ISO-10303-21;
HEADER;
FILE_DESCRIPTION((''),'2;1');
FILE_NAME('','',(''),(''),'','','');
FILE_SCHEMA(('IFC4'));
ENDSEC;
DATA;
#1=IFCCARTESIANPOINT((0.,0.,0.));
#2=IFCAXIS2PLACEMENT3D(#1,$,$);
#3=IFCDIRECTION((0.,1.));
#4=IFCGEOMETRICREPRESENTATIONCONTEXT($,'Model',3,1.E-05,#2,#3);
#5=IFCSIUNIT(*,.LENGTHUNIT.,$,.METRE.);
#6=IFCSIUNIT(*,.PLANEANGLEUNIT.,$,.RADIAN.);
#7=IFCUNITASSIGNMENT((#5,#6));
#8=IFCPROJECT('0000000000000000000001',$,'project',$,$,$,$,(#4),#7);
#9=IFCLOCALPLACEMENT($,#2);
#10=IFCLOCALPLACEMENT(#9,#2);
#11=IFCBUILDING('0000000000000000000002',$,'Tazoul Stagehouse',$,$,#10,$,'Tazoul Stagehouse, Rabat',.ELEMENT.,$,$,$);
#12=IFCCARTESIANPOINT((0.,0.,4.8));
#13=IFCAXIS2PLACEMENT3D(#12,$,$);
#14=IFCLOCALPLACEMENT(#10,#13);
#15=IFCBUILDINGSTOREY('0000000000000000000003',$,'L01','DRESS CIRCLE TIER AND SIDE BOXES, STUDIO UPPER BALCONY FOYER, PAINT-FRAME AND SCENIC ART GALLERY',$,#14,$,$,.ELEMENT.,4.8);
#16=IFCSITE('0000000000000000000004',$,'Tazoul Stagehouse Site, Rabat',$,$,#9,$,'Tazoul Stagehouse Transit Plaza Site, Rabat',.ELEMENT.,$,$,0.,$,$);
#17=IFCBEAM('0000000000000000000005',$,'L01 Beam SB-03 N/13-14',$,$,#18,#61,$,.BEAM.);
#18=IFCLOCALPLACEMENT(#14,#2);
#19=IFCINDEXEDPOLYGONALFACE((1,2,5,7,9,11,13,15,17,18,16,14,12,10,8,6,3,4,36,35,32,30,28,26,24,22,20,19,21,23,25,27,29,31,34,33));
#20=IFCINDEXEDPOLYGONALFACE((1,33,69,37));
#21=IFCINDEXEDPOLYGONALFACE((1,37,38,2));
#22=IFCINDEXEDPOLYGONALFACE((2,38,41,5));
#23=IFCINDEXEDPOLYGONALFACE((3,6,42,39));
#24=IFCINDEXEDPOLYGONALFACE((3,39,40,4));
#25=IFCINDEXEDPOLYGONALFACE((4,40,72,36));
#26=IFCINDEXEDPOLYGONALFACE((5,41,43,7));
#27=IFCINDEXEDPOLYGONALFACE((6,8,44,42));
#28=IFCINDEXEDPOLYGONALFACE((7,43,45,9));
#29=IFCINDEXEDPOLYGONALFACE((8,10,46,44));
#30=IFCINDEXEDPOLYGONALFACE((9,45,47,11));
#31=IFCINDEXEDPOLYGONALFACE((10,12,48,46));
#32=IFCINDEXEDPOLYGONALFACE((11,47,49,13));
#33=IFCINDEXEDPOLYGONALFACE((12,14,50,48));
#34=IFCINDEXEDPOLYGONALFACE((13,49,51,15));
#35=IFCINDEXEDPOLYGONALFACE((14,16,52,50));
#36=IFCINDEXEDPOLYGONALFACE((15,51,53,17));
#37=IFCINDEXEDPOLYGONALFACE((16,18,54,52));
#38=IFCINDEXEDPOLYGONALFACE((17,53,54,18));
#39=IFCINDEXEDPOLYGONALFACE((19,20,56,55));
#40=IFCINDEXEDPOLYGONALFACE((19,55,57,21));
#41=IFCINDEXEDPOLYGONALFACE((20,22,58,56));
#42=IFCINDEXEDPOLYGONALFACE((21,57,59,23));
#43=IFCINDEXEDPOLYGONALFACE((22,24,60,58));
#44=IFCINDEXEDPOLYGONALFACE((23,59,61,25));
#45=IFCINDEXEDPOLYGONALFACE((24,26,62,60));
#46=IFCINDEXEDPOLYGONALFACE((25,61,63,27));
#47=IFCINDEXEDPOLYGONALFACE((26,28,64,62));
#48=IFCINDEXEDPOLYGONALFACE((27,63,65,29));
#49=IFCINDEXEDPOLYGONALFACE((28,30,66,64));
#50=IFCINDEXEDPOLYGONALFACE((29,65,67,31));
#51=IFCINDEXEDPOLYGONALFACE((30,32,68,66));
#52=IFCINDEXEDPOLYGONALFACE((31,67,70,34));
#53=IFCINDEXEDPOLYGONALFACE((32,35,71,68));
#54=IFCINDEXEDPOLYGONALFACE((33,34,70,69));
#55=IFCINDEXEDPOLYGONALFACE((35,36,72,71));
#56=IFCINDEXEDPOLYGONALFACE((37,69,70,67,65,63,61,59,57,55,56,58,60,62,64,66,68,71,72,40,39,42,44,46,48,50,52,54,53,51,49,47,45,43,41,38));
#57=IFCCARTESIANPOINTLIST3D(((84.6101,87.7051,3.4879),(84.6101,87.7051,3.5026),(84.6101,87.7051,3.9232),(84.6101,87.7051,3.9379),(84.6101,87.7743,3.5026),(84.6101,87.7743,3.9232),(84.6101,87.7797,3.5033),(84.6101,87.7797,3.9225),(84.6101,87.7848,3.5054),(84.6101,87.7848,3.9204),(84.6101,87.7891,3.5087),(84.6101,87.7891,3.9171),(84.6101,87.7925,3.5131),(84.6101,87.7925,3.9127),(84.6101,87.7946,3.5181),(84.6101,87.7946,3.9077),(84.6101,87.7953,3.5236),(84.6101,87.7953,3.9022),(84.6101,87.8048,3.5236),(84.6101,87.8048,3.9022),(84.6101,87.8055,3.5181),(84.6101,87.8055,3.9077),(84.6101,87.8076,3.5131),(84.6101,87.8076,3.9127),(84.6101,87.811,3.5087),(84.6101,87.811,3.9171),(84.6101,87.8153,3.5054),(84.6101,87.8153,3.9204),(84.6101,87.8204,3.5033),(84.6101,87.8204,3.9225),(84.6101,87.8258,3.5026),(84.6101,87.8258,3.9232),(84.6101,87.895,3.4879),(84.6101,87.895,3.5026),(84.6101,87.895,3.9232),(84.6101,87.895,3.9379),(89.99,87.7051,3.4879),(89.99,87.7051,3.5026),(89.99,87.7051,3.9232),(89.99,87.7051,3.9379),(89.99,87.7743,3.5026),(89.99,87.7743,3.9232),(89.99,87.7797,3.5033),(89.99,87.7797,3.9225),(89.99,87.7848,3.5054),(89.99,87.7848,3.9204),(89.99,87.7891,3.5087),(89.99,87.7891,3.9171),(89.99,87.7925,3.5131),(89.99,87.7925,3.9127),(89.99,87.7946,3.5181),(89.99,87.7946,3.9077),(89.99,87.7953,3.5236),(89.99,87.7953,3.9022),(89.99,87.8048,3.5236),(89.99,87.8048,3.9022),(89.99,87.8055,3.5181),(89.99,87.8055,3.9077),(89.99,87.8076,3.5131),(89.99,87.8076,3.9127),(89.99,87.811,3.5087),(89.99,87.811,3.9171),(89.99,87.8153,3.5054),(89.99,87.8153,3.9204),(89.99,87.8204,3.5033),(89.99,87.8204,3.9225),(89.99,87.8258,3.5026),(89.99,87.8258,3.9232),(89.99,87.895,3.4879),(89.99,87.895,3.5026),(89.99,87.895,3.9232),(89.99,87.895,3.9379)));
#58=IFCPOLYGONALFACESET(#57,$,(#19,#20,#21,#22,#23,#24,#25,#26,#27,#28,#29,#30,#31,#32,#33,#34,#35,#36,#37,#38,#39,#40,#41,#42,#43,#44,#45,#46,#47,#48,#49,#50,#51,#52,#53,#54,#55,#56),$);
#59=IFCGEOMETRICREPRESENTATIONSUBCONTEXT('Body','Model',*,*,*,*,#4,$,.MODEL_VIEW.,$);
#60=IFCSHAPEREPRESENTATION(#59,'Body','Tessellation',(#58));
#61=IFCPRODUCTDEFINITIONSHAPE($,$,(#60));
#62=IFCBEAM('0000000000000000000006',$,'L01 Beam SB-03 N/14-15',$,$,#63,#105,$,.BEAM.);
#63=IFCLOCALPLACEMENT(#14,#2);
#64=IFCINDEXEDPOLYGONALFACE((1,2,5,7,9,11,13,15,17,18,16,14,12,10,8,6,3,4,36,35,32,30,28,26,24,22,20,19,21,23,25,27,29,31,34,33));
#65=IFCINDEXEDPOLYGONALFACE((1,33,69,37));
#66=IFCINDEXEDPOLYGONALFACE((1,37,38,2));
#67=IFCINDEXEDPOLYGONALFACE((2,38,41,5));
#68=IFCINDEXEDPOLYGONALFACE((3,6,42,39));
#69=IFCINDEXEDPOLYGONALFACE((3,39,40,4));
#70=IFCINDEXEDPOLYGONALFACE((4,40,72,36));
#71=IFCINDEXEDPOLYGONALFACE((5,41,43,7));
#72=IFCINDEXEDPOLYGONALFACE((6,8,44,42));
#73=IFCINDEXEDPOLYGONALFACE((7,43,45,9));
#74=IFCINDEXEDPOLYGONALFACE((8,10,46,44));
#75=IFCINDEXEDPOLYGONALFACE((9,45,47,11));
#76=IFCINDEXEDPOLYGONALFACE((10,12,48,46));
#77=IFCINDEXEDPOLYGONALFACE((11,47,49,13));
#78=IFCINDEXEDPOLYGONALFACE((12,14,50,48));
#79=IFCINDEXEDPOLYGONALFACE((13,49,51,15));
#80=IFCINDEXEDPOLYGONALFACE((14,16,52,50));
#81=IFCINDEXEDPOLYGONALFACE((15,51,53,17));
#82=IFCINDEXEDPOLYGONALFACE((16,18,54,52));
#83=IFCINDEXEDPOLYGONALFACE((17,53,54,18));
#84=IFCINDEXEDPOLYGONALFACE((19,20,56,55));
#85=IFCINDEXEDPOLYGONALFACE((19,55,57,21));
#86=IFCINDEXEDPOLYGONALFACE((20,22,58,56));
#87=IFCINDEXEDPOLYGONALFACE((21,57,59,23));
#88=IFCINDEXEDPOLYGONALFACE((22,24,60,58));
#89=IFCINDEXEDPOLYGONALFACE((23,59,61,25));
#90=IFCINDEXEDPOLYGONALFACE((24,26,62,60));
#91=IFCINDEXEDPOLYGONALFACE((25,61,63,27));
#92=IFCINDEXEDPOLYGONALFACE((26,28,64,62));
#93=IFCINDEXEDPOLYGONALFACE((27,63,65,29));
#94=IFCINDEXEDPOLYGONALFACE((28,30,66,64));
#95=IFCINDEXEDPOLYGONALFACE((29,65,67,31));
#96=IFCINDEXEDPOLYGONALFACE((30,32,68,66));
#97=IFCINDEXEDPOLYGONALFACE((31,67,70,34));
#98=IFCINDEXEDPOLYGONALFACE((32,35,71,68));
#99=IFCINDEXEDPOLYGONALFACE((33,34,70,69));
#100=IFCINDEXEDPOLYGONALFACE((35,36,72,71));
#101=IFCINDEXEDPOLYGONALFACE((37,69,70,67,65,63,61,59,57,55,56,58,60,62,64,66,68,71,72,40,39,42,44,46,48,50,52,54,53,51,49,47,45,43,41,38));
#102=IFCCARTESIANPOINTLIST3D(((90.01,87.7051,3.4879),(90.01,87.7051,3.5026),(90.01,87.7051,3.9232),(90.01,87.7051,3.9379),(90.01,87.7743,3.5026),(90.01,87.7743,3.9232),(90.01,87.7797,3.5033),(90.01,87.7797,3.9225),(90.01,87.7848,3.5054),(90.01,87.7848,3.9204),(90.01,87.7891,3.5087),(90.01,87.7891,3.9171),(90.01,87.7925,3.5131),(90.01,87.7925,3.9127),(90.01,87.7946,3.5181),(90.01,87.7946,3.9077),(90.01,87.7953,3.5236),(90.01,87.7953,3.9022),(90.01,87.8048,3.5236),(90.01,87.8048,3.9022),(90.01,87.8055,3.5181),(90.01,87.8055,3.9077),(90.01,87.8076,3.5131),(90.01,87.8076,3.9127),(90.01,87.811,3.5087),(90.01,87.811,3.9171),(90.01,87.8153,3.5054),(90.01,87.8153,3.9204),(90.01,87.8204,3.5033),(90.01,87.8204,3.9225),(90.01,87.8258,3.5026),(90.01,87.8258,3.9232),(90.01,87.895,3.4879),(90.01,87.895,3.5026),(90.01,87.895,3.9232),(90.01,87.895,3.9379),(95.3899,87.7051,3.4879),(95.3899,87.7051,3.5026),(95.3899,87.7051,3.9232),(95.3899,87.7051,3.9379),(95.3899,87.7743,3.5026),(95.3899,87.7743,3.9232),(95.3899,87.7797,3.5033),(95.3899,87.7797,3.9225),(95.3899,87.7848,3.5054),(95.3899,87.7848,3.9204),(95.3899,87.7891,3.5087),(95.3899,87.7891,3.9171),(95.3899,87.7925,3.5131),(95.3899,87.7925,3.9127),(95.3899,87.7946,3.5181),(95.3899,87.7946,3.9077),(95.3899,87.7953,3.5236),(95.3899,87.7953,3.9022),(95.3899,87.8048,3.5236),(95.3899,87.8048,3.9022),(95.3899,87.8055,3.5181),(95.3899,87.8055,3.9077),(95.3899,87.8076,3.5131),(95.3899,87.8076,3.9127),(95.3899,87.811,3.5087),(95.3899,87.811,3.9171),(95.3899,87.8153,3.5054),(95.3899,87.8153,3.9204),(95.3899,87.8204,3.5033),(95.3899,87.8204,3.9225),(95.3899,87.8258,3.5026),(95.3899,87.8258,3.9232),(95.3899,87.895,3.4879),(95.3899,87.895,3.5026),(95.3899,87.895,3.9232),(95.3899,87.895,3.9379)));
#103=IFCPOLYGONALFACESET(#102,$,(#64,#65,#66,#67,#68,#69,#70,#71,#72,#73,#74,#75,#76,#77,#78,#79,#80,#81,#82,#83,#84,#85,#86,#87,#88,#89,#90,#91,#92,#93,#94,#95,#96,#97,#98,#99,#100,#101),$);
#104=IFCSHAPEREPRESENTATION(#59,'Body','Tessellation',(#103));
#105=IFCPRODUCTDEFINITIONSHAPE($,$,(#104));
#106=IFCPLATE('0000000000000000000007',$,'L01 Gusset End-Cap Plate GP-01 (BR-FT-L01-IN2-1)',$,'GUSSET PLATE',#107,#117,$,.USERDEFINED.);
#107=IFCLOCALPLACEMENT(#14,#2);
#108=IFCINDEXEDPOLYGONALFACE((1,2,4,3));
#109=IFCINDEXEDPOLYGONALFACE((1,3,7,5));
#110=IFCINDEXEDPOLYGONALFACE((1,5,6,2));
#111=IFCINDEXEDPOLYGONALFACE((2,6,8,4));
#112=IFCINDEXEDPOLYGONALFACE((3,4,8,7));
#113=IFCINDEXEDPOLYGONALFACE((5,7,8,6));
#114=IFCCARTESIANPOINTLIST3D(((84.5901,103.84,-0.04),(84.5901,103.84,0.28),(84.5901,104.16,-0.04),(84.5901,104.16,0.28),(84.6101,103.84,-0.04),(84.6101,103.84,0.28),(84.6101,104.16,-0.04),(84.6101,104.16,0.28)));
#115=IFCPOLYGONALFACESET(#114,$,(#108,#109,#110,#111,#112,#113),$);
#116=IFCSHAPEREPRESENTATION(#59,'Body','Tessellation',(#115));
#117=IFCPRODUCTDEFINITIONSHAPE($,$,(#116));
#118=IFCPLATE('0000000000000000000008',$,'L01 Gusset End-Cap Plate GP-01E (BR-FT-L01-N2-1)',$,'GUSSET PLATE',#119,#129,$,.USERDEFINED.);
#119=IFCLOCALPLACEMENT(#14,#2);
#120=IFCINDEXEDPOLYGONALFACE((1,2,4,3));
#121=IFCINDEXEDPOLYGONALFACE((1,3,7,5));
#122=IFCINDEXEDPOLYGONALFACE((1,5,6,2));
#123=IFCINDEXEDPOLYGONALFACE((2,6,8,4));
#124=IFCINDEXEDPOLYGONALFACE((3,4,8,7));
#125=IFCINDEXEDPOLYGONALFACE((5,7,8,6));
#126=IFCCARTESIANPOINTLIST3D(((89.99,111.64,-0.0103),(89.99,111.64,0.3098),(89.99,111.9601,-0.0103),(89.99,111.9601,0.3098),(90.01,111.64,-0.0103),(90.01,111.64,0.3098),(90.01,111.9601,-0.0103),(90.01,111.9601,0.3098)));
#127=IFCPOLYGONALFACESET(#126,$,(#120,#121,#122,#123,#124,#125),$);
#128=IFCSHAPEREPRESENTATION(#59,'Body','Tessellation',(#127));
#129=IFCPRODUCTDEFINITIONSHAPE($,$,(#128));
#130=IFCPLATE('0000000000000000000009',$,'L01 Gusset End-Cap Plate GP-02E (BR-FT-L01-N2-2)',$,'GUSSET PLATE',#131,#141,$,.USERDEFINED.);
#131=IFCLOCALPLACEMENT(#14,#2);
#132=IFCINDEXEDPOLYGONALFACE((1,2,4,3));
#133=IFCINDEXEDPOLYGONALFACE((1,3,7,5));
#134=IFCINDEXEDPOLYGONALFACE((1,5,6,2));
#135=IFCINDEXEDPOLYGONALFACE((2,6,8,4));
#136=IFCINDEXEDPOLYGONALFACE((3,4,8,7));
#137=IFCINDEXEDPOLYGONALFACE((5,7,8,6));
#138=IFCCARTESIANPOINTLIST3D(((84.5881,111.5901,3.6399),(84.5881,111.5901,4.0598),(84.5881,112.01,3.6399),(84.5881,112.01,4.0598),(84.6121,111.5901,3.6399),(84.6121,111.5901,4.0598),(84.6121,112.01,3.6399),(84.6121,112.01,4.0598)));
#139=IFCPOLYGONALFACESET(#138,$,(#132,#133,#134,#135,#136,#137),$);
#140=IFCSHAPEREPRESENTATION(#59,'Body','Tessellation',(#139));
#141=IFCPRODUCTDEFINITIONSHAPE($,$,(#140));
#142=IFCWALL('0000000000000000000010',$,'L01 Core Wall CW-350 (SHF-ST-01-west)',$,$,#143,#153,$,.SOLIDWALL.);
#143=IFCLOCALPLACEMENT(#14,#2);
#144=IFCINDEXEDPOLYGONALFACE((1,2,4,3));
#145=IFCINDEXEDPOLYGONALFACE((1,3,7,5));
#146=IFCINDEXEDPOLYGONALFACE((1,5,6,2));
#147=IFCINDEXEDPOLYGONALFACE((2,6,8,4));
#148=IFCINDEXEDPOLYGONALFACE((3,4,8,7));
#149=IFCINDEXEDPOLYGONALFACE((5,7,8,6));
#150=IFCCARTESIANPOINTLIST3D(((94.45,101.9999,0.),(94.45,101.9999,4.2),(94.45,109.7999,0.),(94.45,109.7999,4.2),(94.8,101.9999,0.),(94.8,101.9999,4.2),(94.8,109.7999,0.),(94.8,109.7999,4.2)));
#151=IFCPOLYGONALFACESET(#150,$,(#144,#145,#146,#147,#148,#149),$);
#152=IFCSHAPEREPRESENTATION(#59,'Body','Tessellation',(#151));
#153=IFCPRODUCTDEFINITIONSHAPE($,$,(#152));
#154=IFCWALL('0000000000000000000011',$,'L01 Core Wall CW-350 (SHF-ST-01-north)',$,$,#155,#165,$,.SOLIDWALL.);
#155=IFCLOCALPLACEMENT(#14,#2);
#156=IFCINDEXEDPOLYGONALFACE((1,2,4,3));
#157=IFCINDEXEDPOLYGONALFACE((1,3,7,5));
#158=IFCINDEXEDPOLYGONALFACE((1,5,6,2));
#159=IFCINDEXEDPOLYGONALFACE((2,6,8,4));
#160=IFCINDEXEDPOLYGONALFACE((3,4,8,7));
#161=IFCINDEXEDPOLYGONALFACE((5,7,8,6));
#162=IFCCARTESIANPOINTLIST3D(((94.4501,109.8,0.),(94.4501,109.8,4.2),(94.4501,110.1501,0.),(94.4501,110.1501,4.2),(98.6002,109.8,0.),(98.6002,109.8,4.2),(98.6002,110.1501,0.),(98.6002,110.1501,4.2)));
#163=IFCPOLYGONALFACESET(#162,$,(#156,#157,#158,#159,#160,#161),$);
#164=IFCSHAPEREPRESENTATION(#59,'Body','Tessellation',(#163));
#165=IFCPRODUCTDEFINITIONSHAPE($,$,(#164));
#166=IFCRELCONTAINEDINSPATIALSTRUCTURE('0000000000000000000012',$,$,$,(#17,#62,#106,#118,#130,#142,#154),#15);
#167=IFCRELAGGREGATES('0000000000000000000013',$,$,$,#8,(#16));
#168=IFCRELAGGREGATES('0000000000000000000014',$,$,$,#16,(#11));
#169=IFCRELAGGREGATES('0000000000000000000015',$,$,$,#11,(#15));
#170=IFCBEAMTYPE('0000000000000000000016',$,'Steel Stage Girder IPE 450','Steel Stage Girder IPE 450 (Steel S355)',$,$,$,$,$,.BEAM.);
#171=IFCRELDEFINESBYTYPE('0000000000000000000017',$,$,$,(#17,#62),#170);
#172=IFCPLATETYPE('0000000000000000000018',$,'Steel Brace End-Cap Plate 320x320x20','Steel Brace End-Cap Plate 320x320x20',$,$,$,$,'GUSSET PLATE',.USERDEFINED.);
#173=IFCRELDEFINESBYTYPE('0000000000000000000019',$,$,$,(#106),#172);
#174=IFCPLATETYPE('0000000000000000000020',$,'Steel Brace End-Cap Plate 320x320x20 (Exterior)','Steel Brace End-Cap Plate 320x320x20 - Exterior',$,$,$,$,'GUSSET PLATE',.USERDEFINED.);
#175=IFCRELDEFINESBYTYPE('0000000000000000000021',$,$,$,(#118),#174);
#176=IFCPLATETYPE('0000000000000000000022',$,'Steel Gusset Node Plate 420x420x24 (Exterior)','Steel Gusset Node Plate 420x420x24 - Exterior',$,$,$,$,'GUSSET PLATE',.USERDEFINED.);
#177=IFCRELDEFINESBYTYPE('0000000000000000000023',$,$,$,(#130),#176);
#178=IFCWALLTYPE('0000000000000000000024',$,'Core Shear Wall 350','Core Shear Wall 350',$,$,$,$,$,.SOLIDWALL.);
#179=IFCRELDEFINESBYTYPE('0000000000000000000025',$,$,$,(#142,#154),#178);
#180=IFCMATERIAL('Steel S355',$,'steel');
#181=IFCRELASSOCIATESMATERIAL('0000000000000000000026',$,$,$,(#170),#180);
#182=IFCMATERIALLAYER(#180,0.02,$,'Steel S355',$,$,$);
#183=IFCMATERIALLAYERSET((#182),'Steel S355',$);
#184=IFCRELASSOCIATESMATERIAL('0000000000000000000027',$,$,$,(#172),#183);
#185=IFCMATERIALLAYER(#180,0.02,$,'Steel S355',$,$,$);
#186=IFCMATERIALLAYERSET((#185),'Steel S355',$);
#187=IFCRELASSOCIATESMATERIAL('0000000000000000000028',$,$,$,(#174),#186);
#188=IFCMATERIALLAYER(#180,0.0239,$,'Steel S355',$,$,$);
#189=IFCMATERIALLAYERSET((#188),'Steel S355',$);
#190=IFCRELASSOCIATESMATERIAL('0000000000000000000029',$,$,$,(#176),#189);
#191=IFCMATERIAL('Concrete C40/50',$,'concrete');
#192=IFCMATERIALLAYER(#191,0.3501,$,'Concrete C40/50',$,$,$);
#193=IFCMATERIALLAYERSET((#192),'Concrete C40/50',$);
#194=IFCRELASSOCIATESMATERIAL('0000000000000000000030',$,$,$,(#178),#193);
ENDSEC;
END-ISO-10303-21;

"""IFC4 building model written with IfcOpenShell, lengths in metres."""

from ifc_helpers import new_model, si_unit, direction, frame, frame_2d, origin, origin_2d, place, context, subcontext, project, spatial, rectangle, i_section, extrude, material, layer, layer_set, material_profile, profile_set, type_object, element, save


model = new_model("IFC4")

# Units and contexts
model_context = context("Model", 3, precision=1e-05, world=origin(), true_north=direction((0.0, 1.0)))
body_context = subcontext(model_context, "Body", "Model", "MODEL_VIEW")
ifc_project = project(units=[si_unit("LENGTHUNIT", "METRE"), si_unit("PLANEANGLEUNIT", "RADIAN")], contexts=[model_context])

# Site, building, storey
site_placement = place(None, origin())
site = spatial("IfcSite", under=ifc_project, at=site_placement, Name="Tazoul Stagehouse Site, Rabat", LongName="Tazoul Stagehouse Transit Plaza Site, Rabat", CompositionType="ELEMENT", RefElevation=0.0)
building_placement = place(site_placement, origin())
building = spatial("IfcBuilding", under=site, at=building_placement, Name="Tazoul Stagehouse", LongName="Tazoul Stagehouse, Rabat", CompositionType="ELEMENT")
storey_placement = place(building_placement, frame((0.0, 0.0, 4.8)))
storey = spatial("IfcBuildingStorey", under=building, at=storey_placement, Name="L01", Description="DRESS CIRCLE TIER AND SIDE BOXES, STUDIO UPPER BALCONY FOYER, PAINT-FRAME AND SCENIC ART GALLERY", CompositionType="ELEMENT", Elevation=4.8)

# Shared definitions
ifc_material_1 = material(Name="Steel S355", Category="steel")

# Beams
ifc_material_2 = material(Name="Concrete C40/50", Category="concrete")
ifc_material_profile_1 = material_profile(ifc_material_1, i_section(OverallWidth=0.1899, OverallDepth=0.45, WebThickness=0.0095, FlangeThickness=0.0146, FilletRadius=0.021, at=origin_2d()), Name="IPE 450")
ifc_profile_set_1 = profile_set([ifc_material_profile_1], Name="Steel S355")
beam_type_1 = type_object("IfcBeamType", Name="Steel Stage Girder IPE 450", Description="Steel Stage Girder IPE 450 (Steel S355)", PredefinedType="BEAM", material=ifc_profile_set_1)
for number, where, z_axis, x_axis, name in (
    (1, (84.6101, 87.8, 3.7129), (1.0, 0.0, 0.0), (0.0, 1.0, 0.0), "L01 Beam SB-03 N/13-14"),
    (2, (90.01, 87.8, 3.7129), (1.0, 0.0, 0.0), (0.0, 1.0, 0.0), "L01 Beam SB-03 N/14-15"),
):
    element("IfcBeam", number, at=place(storey_placement, frame(where, z_axis=z_axis, x_axis=x_axis)), inside=storey, type_object=beam_type_1, Name=name, PredefinedType="BEAM", context=body_context, shape_type="SweptSolid", body=[
        extrude(i_section(OverallWidth=0.1899, OverallDepth=0.45, WebThickness=0.0095, FlangeThickness=0.0146, FilletRadius=0.021, at=origin_2d()), origin(), (0.0, 0.0, 1.0), 5.3799),
    ])

# Plates
ifc_layer_1 = layer(ifc_material_1, 0.02, Name="Steel S355")
ifc_layer_set_1 = layer_set([ifc_layer_1], Name="Steel S355")
plate_type_1 = type_object("IfcPlateType", Name="Steel Brace End-Cap Plate 320x320x20", Description="Steel Brace End-Cap Plate 320x320x20", ElementType="GUSSET PLATE", PredefinedType="USERDEFINED", material=ifc_layer_set_1)
plate_1_placement = place(storey_placement, frame((84.6001, 104.0, -0.04), z_axis=(0.0, 0.0, 1.0), x_axis=(-1.0, 0.0, 0.0)))
element("IfcPlate", 3, at=plate_1_placement, inside=storey, type_object=plate_type_1, Name="L01 Gusset End-Cap Plate GP-01 (BR-FT-L01-IN2-1)", ObjectType="GUSSET PLATE", PredefinedType="USERDEFINED", context=body_context, shape_type="SweptSolid", body=[
    extrude(rectangle(XDim=0.02, YDim=0.3201, at=origin_2d()), origin(), (0.0, 0.0, 1.0), 0.3201),
])
ifc_layer_2 = layer(ifc_material_1, 0.02, Name="Steel S355")
ifc_layer_set_2 = layer_set([ifc_layer_2], Name="Steel S355")
plate_type_2 = type_object("IfcPlateType", Name="Steel Brace End-Cap Plate 320x320x20 (Exterior)", Description="Steel Brace End-Cap Plate 320x320x20 - Exterior", ElementType="GUSSET PLATE", PredefinedType="USERDEFINED", material=ifc_layer_set_2)
plate_2_placement = place(storey_placement, frame((90.0, 111.8, -0.0103), z_axis=(0.0, 0.0, 1.0), x_axis=(-1.0, 0.0, 0.0)))
element("IfcPlate", 4, at=plate_2_placement, inside=storey, type_object=plate_type_2, Name="L01 Gusset End-Cap Plate GP-01E (BR-FT-L01-N2-1)", ObjectType="GUSSET PLATE", PredefinedType="USERDEFINED", context=body_context, shape_type="SweptSolid", body=[
    extrude(rectangle(XDim=0.02, YDim=0.3201, at=origin_2d()), origin(), (0.0, 0.0, 1.0), 0.3201),
])
ifc_layer_3 = layer(ifc_material_1, 0.0239, Name="Steel S355")
ifc_layer_set_3 = layer_set([ifc_layer_3], Name="Steel S355")
plate_type_3 = type_object("IfcPlateType", Name="Steel Gusset Node Plate 420x420x24 (Exterior)", Description="Steel Gusset Node Plate 420x420x24 - Exterior", ElementType="GUSSET PLATE", PredefinedType="USERDEFINED", material=ifc_layer_set_3)
plate_3_placement = place(storey_placement, frame((84.6001, 111.8, 3.6399), z_axis=(0.0, 0.0, 1.0), x_axis=(-1.0, 0.0, 0.0)))
element("IfcPlate", 5, at=plate_3_placement, inside=storey, type_object=plate_type_3, Name="L01 Gusset End-Cap Plate GP-02E (BR-FT-L01-N2-2)", ObjectType="GUSSET PLATE", PredefinedType="USERDEFINED", context=body_context, shape_type="SweptSolid", body=[
    extrude(rectangle(XDim=0.0239, YDim=0.4199, at=origin_2d()), origin(), (0.0, 0.0, 1.0), 0.4199),
])

# Walls
ifc_layer_4 = layer(ifc_material_2, 0.3501, Name="Concrete C40/50")
ifc_layer_set_4 = layer_set([ifc_layer_4], Name="Concrete C40/50")
wall_type_1 = type_object("IfcWallType", Name="Core Shear Wall 350", Description="Core Shear Wall 350", PredefinedType="SOLIDWALL", material=ifc_layer_set_4)
wall_1_placement = place(storey_placement, frame((94.625, 102.0, 0.0), z_axis=(0.0, 0.0, 1.0), x_axis=(0.0, 1.0, 0.0)))
element("IfcWall", 6, at=wall_1_placement, inside=storey, type_object=wall_type_1, Name="L01 Core Wall CW-350 (SHF-ST-01-west)", PredefinedType="SOLIDWALL", context=body_context, shape_type="SweptSolid", body=[
    extrude(rectangle(XDim=7.8, YDim=0.3501, at=frame_2d((3.8999, 0.0))), origin(), (0.0, 0.0, 1.0), 4.2),
])
wall_2_placement = place(storey_placement, frame((94.45, 109.9751, 0.0), z_axis=(0.0, 0.0, 1.0), x_axis=(1.0, 0.0, 0.0)))
element("IfcWall", 7, at=wall_2_placement, inside=storey, type_object=wall_type_1, Name="L01 Core Wall CW-350 (SHF-ST-01-north)", PredefinedType="SOLIDWALL", context=body_context, shape_type="SweptSolid", body=[
    extrude(rectangle(XDim=4.1501, YDim=0.3501, at=frame_2d((2.0752, 0.0))), origin(), (0.0, 0.0, 1.0), 4.2),
])

save(model, "model.ifc")
